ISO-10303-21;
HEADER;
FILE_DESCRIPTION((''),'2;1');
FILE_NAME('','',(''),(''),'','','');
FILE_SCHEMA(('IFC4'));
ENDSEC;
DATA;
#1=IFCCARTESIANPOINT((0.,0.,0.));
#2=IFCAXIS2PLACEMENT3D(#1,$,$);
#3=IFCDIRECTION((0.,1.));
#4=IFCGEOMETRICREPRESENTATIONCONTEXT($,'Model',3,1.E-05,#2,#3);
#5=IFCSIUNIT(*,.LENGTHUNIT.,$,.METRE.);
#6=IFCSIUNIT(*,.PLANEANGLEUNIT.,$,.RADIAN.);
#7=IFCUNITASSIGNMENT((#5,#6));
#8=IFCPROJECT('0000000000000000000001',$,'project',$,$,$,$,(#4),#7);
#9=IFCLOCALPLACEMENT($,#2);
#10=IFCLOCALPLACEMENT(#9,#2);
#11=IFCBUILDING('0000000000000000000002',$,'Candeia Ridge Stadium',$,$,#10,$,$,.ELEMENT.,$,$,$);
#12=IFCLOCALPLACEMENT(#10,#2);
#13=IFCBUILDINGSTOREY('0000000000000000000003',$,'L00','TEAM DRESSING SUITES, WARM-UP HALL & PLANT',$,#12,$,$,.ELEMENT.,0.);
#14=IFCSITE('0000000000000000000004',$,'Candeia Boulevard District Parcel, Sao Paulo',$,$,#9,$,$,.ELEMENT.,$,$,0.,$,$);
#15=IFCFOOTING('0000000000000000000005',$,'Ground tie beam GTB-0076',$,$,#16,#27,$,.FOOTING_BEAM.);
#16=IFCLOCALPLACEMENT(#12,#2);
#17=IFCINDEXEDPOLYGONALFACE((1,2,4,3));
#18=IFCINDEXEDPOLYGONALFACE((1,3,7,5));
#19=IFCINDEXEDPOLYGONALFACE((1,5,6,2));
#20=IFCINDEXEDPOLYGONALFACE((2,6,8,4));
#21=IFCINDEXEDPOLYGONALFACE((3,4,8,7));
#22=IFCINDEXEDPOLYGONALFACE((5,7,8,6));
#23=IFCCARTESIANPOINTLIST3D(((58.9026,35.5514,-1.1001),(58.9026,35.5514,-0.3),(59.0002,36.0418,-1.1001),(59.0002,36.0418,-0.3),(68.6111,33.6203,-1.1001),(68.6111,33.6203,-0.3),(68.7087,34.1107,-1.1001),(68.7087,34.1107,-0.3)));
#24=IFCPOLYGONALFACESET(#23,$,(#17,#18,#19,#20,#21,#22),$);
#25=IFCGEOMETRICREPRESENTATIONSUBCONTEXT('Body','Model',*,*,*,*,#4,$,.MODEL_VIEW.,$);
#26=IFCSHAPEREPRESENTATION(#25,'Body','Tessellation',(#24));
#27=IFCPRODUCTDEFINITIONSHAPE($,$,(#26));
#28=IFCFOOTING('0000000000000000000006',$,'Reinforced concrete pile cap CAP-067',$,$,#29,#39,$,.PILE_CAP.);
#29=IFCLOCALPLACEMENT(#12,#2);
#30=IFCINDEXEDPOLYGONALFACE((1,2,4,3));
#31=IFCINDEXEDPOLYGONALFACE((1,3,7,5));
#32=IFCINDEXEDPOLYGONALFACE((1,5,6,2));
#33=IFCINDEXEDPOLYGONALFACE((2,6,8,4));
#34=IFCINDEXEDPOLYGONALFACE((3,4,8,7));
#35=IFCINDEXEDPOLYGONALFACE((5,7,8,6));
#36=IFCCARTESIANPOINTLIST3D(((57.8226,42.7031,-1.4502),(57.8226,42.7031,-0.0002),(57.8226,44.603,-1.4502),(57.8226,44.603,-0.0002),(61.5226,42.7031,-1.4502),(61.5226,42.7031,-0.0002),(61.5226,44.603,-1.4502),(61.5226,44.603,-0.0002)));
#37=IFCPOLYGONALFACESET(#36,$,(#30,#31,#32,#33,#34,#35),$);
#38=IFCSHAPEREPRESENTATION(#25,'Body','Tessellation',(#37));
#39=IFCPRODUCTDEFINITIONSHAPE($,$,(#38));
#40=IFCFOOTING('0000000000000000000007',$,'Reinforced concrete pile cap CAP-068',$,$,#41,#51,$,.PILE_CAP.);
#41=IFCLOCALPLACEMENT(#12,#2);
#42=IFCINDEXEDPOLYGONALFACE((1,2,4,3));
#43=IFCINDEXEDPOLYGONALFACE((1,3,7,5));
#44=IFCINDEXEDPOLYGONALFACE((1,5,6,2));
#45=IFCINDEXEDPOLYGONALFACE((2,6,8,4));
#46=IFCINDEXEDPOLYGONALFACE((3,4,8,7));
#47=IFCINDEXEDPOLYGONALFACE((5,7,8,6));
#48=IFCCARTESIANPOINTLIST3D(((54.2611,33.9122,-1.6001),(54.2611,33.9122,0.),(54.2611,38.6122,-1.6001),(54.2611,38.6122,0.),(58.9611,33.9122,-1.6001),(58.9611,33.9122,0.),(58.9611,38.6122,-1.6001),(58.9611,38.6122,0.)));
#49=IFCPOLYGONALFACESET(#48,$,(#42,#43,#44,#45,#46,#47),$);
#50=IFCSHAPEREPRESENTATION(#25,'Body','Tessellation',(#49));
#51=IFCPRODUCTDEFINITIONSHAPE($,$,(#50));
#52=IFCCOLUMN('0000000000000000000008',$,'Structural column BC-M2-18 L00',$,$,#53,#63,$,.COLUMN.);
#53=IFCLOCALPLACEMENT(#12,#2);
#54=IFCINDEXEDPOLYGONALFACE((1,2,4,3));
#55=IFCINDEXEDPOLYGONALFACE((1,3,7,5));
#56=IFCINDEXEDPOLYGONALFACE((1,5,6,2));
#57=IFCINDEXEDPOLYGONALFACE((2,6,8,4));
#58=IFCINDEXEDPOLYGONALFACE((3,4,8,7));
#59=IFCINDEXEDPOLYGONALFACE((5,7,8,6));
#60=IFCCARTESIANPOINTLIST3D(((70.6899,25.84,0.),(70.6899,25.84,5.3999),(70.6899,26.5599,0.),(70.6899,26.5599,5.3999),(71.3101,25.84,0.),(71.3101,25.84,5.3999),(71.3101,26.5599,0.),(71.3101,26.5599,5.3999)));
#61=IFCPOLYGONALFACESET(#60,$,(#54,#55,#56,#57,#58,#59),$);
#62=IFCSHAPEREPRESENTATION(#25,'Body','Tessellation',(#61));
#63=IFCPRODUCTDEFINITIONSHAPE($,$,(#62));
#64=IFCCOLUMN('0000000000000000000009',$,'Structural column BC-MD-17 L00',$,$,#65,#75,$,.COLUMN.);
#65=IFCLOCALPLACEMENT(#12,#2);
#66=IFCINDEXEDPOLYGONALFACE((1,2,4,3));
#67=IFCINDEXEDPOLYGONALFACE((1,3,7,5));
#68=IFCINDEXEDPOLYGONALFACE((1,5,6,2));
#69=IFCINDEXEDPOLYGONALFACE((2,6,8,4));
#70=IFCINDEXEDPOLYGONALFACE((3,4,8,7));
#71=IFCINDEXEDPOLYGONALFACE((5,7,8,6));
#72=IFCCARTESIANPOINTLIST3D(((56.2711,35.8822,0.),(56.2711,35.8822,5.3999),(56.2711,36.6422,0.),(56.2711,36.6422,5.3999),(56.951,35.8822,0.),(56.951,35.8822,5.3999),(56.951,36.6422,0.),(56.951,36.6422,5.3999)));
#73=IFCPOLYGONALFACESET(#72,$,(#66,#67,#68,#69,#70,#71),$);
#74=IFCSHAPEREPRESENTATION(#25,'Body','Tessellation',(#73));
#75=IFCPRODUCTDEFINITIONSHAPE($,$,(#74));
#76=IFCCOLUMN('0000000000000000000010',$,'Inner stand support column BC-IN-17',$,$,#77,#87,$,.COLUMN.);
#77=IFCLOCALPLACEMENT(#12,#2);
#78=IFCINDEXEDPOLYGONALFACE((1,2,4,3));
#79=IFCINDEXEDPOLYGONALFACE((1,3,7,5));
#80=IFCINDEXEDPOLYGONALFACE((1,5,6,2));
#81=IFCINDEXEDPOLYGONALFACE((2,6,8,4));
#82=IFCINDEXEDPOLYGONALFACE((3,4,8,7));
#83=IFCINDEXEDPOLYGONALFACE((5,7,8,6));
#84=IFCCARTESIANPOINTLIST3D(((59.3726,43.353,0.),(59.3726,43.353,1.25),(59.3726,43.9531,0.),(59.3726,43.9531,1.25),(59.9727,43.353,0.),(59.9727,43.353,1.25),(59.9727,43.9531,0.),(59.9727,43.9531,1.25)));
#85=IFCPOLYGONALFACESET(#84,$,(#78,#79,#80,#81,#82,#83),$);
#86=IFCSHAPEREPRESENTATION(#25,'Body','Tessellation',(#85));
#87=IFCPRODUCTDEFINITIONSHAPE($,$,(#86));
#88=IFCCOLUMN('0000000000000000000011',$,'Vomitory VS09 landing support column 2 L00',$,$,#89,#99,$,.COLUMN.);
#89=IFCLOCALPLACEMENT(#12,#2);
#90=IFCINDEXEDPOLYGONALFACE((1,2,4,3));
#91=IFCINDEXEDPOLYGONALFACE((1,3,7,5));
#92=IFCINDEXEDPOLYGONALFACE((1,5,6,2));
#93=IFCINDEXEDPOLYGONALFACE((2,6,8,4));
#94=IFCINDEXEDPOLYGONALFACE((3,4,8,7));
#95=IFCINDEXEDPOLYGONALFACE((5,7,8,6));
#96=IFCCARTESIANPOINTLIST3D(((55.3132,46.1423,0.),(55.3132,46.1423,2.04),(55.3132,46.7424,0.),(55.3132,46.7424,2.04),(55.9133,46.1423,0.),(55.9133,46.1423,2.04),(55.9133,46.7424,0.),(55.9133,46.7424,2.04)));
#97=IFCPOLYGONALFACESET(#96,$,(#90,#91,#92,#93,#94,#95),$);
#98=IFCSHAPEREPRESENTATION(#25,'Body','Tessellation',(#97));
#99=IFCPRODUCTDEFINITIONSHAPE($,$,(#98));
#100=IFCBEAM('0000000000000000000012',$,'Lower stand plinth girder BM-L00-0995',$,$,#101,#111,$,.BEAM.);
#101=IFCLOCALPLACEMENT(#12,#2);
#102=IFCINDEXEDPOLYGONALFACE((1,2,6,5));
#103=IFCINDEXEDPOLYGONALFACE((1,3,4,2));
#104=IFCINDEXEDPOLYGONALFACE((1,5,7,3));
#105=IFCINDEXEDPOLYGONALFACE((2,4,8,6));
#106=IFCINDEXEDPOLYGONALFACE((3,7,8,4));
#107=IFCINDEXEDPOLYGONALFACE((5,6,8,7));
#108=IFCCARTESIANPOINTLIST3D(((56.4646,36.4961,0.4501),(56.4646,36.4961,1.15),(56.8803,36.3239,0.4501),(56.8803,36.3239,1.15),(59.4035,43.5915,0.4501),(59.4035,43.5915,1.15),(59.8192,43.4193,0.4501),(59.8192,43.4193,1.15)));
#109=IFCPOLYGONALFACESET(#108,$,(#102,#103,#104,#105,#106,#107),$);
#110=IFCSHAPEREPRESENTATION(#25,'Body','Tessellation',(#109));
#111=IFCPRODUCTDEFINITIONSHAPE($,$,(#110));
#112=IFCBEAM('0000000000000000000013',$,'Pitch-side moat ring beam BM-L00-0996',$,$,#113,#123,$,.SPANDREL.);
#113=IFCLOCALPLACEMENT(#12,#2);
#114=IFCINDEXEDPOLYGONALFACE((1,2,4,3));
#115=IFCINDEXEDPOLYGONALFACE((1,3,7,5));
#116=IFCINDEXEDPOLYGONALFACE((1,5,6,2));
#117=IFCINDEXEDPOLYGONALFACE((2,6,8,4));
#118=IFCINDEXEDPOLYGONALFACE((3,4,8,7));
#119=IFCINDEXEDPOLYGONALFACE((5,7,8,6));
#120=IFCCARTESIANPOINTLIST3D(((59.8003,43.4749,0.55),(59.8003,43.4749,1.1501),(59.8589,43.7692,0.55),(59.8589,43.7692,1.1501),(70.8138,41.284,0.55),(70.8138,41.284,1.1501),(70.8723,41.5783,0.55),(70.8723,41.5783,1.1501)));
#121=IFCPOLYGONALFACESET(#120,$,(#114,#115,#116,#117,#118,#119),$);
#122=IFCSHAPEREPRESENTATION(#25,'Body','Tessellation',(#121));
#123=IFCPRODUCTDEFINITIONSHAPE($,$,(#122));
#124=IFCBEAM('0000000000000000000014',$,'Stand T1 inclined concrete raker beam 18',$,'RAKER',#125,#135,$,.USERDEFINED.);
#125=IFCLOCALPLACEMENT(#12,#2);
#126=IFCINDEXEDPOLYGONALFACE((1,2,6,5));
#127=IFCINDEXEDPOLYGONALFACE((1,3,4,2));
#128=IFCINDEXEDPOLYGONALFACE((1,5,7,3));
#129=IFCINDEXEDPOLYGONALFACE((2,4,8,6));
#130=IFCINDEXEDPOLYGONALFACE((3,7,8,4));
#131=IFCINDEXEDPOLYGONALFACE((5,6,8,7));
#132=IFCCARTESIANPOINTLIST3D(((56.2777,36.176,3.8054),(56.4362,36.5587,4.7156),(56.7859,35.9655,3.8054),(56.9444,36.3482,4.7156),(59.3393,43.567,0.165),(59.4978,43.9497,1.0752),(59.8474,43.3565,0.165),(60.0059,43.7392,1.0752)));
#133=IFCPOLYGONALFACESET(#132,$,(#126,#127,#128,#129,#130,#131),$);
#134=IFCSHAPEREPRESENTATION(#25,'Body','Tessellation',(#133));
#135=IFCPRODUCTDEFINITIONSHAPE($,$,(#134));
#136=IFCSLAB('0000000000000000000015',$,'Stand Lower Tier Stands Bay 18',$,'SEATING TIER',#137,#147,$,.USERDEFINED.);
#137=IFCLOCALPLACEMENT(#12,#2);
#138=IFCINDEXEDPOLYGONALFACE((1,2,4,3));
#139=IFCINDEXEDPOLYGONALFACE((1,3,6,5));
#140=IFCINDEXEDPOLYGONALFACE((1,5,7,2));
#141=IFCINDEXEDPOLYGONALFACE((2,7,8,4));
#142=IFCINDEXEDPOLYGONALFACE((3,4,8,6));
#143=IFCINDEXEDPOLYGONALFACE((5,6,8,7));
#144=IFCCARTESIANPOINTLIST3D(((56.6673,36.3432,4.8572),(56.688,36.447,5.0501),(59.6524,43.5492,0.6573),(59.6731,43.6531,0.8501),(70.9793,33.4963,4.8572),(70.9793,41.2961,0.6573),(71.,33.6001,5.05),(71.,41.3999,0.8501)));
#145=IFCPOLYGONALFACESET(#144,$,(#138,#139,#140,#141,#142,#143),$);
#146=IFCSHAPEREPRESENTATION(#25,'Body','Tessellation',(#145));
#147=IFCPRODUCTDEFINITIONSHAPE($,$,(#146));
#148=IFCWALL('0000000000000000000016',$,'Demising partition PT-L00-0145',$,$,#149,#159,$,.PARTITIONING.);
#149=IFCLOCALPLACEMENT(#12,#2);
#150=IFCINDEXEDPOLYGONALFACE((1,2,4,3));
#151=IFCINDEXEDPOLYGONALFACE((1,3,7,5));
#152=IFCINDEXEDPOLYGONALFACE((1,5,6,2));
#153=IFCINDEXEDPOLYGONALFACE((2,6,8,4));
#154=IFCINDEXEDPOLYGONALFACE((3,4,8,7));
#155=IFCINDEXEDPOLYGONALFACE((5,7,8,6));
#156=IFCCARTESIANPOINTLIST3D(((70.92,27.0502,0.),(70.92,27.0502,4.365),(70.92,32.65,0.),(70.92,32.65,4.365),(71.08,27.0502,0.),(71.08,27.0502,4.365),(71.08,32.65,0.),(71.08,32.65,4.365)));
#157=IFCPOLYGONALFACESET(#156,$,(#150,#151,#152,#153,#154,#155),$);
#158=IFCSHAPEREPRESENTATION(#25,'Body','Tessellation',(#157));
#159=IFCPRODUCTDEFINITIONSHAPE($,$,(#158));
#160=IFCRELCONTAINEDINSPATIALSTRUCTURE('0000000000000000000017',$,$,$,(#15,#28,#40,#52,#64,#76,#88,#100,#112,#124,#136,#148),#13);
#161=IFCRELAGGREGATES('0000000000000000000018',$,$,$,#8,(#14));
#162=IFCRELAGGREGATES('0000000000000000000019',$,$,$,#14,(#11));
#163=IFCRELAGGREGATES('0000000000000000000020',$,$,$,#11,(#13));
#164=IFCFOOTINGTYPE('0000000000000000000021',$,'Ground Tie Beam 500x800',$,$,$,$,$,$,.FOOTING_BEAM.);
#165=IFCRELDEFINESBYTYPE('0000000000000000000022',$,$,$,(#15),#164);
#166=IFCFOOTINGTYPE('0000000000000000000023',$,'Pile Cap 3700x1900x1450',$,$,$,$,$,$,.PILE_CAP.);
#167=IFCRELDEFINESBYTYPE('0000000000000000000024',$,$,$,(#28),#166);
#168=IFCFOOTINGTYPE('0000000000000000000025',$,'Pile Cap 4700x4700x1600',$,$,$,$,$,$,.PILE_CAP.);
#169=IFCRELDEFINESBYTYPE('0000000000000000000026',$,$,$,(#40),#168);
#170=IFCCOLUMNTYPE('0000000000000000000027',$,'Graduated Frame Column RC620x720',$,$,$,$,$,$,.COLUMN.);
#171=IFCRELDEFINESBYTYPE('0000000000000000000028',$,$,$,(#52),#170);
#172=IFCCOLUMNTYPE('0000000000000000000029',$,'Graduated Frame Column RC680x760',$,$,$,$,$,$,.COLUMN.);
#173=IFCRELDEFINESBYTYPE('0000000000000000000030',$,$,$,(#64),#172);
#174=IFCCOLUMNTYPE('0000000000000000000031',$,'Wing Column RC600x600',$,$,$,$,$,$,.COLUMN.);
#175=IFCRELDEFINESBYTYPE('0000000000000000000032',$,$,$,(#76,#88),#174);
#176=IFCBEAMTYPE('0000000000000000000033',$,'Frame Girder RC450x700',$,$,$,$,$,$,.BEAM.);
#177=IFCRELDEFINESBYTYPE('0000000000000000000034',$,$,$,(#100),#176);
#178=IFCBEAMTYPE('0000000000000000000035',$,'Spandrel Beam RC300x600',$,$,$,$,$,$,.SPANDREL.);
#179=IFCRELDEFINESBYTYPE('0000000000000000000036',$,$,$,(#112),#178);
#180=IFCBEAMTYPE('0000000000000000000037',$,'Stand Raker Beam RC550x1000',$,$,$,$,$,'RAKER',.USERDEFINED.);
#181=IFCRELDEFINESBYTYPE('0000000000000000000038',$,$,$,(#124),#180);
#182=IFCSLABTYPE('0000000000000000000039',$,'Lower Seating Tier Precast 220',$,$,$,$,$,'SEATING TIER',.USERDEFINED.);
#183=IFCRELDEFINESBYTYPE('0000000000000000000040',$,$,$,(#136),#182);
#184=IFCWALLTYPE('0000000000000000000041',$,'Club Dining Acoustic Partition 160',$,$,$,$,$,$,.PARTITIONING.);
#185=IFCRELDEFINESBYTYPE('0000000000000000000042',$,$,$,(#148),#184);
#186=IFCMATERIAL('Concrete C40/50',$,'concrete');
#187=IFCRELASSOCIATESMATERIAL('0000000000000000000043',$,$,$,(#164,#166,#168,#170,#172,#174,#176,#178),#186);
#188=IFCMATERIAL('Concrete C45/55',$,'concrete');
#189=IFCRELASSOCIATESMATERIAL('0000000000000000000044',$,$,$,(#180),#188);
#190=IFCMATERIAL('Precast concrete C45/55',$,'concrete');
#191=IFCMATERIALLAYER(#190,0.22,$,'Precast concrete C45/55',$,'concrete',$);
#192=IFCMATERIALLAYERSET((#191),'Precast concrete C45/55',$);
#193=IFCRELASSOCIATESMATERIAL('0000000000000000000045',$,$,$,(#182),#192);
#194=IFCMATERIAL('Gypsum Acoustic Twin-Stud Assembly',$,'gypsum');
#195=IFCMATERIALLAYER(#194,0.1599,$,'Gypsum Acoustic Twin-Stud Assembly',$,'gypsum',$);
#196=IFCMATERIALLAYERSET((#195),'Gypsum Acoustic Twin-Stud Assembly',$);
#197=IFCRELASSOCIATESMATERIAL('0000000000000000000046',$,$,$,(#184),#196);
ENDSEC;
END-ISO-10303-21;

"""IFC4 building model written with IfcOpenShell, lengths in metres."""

from ifc_helpers import new_model, si_unit, direction, frame, frame_2d, origin, origin_2d, place, context, subcontext, project, spatial, polyline, rectangle, outline, extrude, material, layer, layer_set, material_profile, profile_set, type_object, element, save


model = new_model("IFC4")

# Units and contexts
model_context = context("Model", 3, precision=1e-05, world=origin(), true_north=direction((0.0, 1.0)))
body_context = subcontext(model_context, "Body", "Model", "MODEL_VIEW")
ifc_project = project(units=[si_unit("LENGTHUNIT", "METRE"), si_unit("PLANEANGLEUNIT", "RADIAN")], contexts=[model_context])

# Site, building, storey
site_placement = place(None, origin())
site = spatial("IfcSite", under=ifc_project, at=site_placement, Name="Candeia Boulevard District Parcel, Sao Paulo", CompositionType="ELEMENT", RefElevation=0.0)
building_placement = place(site_placement, origin())
building = spatial("IfcBuilding", under=site, at=building_placement, Name="Candeia Ridge Stadium", CompositionType="ELEMENT")
storey_placement = place(building_placement, origin())
storey = spatial("IfcBuildingStorey", under=building, at=storey_placement, Name="L00", Description="TEAM DRESSING SUITES, WARM-UP HALL & PLANT", CompositionType="ELEMENT", Elevation=0.0)

# Shared definitions
ifc_material_1 = material(Name="Concrete C40/50", Category="concrete")

# Footings
footing_type_1 = type_object("IfcFootingType", Name="Ground Tie Beam 500x800", PredefinedType="FOOTING_BEAM", material=ifc_material_1)
footing_1_placement = place(storey_placement, frame((63.8057, 34.8311, -1.1001), z_axis=(0.0, 0.0, 1.0), x_axis=(0.980786, -0.195086, 0.0)))
element("IfcFooting", 1, at=footing_1_placement, inside=storey, type_object=footing_type_1, Name="Ground tie beam GTB-0076", PredefinedType="FOOTING_BEAM", context=body_context, shape_type="SweptSolid", body=[
    extrude(rectangle(XDim=9.8987, YDim=0.5, at=origin_2d()), origin(), (0.0, 0.0, 1.0), 0.8),
])
footing_type_2 = type_object("IfcFootingType", Name="Pile Cap 3700x1900x1450", PredefinedType="PILE_CAP", material=ifc_material_1)
footing_2_placement = place(storey_placement, frame((59.6726, 43.6531, -1.4502), z_axis=(0.0, 0.0, 1.0), x_axis=(1.0, 0.0, 0.0)))
element("IfcFooting", 2, at=footing_2_placement, inside=storey, type_object=footing_type_2, Name="Reinforced concrete pile cap CAP-067", PredefinedType="PILE_CAP", context=body_context, shape_type="SweptSolid", body=[
    extrude(rectangle(XDim=3.7, YDim=1.8999, at=origin_2d()), origin(), (0.0, 0.0, 1.0), 1.45),
])
footing_type_3 = type_object("IfcFootingType", Name="Pile Cap 4700x4700x1600", PredefinedType="PILE_CAP", material=ifc_material_1)
footing_3_placement = place(storey_placement, frame((56.6111, 36.2622, -1.6001), z_axis=(0.0, 0.0, 1.0), x_axis=(1.0, 0.0, 0.0)))
element("IfcFooting", 3, at=footing_3_placement, inside=storey, type_object=footing_type_3, Name="Reinforced concrete pile cap CAP-068", PredefinedType="PILE_CAP", context=body_context, shape_type="SweptSolid", body=[
    extrude(rectangle(XDim=4.7, YDim=4.7, at=origin_2d()), origin(), (0.0, 0.0, 1.0), 1.6001),
])

# Columns
ifc_material_profile_1 = material_profile(ifc_material_1, rectangle(XDim=0.6201, YDim=0.72, at=origin_2d()), Name="RC620x720", Category="concrete")
ifc_profile_set_1 = profile_set([ifc_material_profile_1], Name="Concrete C40/50")
column_type_1 = type_object("IfcColumnType", Name="Graduated Frame Column RC620x720", PredefinedType="COLUMN", material=ifc_profile_set_1)
column_1_placement = place(storey_placement, frame((71.0, 26.2, 0.0), z_axis=(0.0, 0.0, 1.0), x_axis=(1.0, 0.0, 0.0)))
element("IfcColumn", 4, at=column_1_placement, inside=storey, type_object=column_type_1, Name="Structural column BC-M2-18 L00", PredefinedType="COLUMN", context=body_context, shape_type="SweptSolid", body=[
    extrude(rectangle(XDim=0.6201, YDim=0.72, at=origin_2d()), origin(), (0.0, 0.0, 1.0), 5.3999),
])
ifc_material_profile_2 = material_profile(ifc_material_1, rectangle(XDim=0.6799, YDim=0.76, at=origin_2d()), Name="RC680x760", Category="concrete")
ifc_profile_set_2 = profile_set([ifc_material_profile_2], Name="Concrete C40/50")
column_type_2 = type_object("IfcColumnType", Name="Graduated Frame Column RC680x760", PredefinedType="COLUMN", material=ifc_profile_set_2)
column_2_placement = place(storey_placement, frame((56.6111, 36.2622, 0.0), z_axis=(0.0, 0.0, 1.0), x_axis=(1.0, 0.0, 0.0)))
element("IfcColumn", 5, at=column_2_placement, inside=storey, type_object=column_type_2, Name="Structural column BC-MD-17 L00", PredefinedType="COLUMN", context=body_context, shape_type="SweptSolid", body=[
    extrude(rectangle(XDim=0.6799, YDim=0.76, at=origin_2d()), origin(), (0.0, 0.0, 1.0), 5.3999),
])
ifc_material_profile_3 = material_profile(ifc_material_1, rectangle(XDim=0.6001, YDim=0.6001, at=origin_2d()), Name="RC600x600", Category="concrete")
ifc_profile_set_3 = profile_set([ifc_material_profile_3], Name="Concrete C40/50")
column_type_3 = type_object("IfcColumnType", Name="Wing Column RC600x600", PredefinedType="COLUMN", material=ifc_profile_set_3)
column_3_placement = place(storey_placement, frame((59.6726, 43.6531, 0.0), z_axis=(0.0, 0.0, 1.0), x_axis=(1.0, 0.0, 0.0)))
element("IfcColumn", 6, at=column_3_placement, inside=storey, type_object=column_type_3, Name="Inner stand support column BC-IN-17", PredefinedType="COLUMN", context=body_context, shape_type="SweptSolid", body=[
    extrude(rectangle(XDim=0.6001, YDim=0.6001, at=origin_2d()), origin(), (0.0, 0.0, 1.0), 1.25),
])
column_4_placement = place(storey_placement, frame((55.6133, 46.4424, 0.0), z_axis=(0.0, 0.0, 1.0), x_axis=(1.0, 0.0, 0.0)))
element("IfcColumn", 7, at=column_4_placement, inside=storey, type_object=column_type_3, Name="Vomitory VS09 landing support column 2 L00", PredefinedType="COLUMN", context=body_context, shape_type="SweptSolid", body=[
    extrude(rectangle(XDim=0.6001, YDim=0.6001, at=origin_2d()), origin(), (0.0, 0.0, 1.0), 2.04),
])

# Beams
ifc_material_profile_4 = material_profile(ifc_material_1, rectangle(XDim=0.45, YDim=0.7, at=origin_2d()), Name="RC450x700", Category="concrete")
ifc_profile_set_4 = profile_set([ifc_material_profile_4], Name="Concrete C40/50")
beam_type_1 = type_object("IfcBeamType", Name="Frame Girder RC450x700", PredefinedType="BEAM", material=ifc_profile_set_4)
beam_1_placement = place(storey_placement, frame((59.6113, 43.5054, 0.8), z_axis=(-0.382676, -0.923883, 0.0), x_axis=(0.923883, -0.382676, 0.0)))
element("IfcBeam", 8, at=beam_1_placement, inside=storey, type_object=beam_type_1, Name="Lower stand plinth girder BM-L00-0995", PredefinedType="BEAM", context=body_context, shape_type="SweptSolid", body=[
    extrude(rectangle(XDim=0.45, YDim=0.7, at=origin_2d()), origin(), (0.0, 0.0, 1.0), 7.6799),
])
ifc_material_profile_5 = material_profile(ifc_material_1, rectangle(XDim=0.3, YDim=0.6001, at=origin_2d()), Name="RC300x600", Category="concrete")
ifc_profile_set_5 = profile_set([ifc_material_profile_5], Name="Concrete C40/50")
beam_type_2 = type_object("IfcBeamType", Name="Spandrel Beam RC300x600", PredefinedType="SPANDREL", material=ifc_profile_set_5)
beam_2_placement = place(storey_placement, frame((59.8296, 43.6221, 0.8501), z_axis=(0.980782, -0.195108, 0.0), x_axis=(0.195108, 0.980782, 0.0)))
element("IfcBeam", 9, at=beam_2_placement, inside=storey, type_object=beam_type_2, Name="Pitch-side moat ring beam BM-L00-0996", PredefinedType="SPANDREL", context=body_context, shape_type="SweptSolid", body=[
    extrude(rectangle(XDim=0.3, YDim=0.6001, at=origin_2d()), origin(), (0.0, 0.0, 1.0), 11.2292),
])
ifc_material_2 = material(Name="Concrete C45/55", Category="concrete")
ifc_material_profile_6 = material_profile(ifc_material_2, rectangle(XDim=0.55, YDim=1.0, at=origin_2d()), Name="RC550x1000", Category="concrete")
ifc_profile_set_6 = profile_set([ifc_material_profile_6], Name="Concrete C45/55")
beam_type_3 = type_object("IfcBeamType", Name="Stand Raker Beam RC550x1000", ElementType="RAKER", PredefinedType="USERDEFINED", material=ifc_profile_set_6)
beam_3_placement = place(storey_placement, frame((59.6726, 43.6531, 0.6201), z_axis=(-0.348327, -0.840902, 0.414187), x_axis=(0.923874, -0.382697, 0.0)))
element("IfcBeam", 10, at=beam_3_placement, inside=storey, type_object=beam_type_3, Name="Stand T1 inclined concrete raker beam 18", ObjectType="RAKER", PredefinedType="USERDEFINED", context=body_context, shape_type="SweptSolid", body=[
    extrude(rectangle(XDim=0.55, YDim=1.0, at=origin_2d()), origin(), (0.0, 0.0, 1.0), 8.7893),
])

# Slab
ifc_material_3 = material(Name="Precast concrete C45/55", Category="concrete")
ifc_layer_1 = layer(ifc_material_3, 0.22, Name="Precast concrete C45/55", Category="concrete")
ifc_layer_set_1 = layer_set([ifc_layer_1], Name="Precast concrete C45/55")
slab_type = type_object("IfcSlabType", Name="Lower Seating Tier Precast 220", ElementType="SEATING TIER", PredefinedType="USERDEFINED", material=ifc_layer_set_1)
slab_placement = place(storey_placement, frame((59.6731, 43.6531, 0.8501), z_axis=(0.093892, 0.472009, 0.876579), x_axis=(0.980784, -0.195099, 0.000001)))
element("IfcSlab", 11, at=slab_placement, inside=storey, type_object=slab_type, Name="Stand Lower Tier Stands Bay 18", ObjectType="SEATING TIER", PredefinedType="USERDEFINED", context=body_context, shape_type="SweptSolid", body=[
    extrude(outline(polyline([(0.0, 0.0), (11.5488, 0.0), (13.0706, -8.727), (-1.5218, -8.7271), (0.0, 0.0)])), origin(), (0.0, 0.0, -1.0), 0.22),
])

# Wall
ifc_material_4 = material(Name="Gypsum Acoustic Twin-Stud Assembly", Category="gypsum")
ifc_layer_2 = layer(ifc_material_4, 0.1599, Name="Gypsum Acoustic Twin-Stud Assembly", Category="gypsum")
ifc_layer_set_2 = layer_set([ifc_layer_2], Name="Gypsum Acoustic Twin-Stud Assembly")
wall_type_1 = type_object("IfcWallType", Name="Club Dining Acoustic Partition 160", PredefinedType="PARTITIONING", material=ifc_layer_set_2)
wall_1_placement = place(storey_placement, frame((71.0, 32.6499, 0.0), z_axis=(0.0, 0.0, 1.0), x_axis=(0.0, -1.0, 0.0)))
element("IfcWall", 12, at=wall_1_placement, inside=storey, type_object=wall_type_1, Name="Demising partition PT-L00-0145", PredefinedType="PARTITIONING", context=body_context, shape_type="SweptSolid", body=[
    extrude(rectangle(XDim=5.5999, YDim=0.1599, at=frame_2d((2.7998, 0.0))), origin(), (0.0, 0.0, 1.0), 4.365),
])

save(model, "model.ifc")
